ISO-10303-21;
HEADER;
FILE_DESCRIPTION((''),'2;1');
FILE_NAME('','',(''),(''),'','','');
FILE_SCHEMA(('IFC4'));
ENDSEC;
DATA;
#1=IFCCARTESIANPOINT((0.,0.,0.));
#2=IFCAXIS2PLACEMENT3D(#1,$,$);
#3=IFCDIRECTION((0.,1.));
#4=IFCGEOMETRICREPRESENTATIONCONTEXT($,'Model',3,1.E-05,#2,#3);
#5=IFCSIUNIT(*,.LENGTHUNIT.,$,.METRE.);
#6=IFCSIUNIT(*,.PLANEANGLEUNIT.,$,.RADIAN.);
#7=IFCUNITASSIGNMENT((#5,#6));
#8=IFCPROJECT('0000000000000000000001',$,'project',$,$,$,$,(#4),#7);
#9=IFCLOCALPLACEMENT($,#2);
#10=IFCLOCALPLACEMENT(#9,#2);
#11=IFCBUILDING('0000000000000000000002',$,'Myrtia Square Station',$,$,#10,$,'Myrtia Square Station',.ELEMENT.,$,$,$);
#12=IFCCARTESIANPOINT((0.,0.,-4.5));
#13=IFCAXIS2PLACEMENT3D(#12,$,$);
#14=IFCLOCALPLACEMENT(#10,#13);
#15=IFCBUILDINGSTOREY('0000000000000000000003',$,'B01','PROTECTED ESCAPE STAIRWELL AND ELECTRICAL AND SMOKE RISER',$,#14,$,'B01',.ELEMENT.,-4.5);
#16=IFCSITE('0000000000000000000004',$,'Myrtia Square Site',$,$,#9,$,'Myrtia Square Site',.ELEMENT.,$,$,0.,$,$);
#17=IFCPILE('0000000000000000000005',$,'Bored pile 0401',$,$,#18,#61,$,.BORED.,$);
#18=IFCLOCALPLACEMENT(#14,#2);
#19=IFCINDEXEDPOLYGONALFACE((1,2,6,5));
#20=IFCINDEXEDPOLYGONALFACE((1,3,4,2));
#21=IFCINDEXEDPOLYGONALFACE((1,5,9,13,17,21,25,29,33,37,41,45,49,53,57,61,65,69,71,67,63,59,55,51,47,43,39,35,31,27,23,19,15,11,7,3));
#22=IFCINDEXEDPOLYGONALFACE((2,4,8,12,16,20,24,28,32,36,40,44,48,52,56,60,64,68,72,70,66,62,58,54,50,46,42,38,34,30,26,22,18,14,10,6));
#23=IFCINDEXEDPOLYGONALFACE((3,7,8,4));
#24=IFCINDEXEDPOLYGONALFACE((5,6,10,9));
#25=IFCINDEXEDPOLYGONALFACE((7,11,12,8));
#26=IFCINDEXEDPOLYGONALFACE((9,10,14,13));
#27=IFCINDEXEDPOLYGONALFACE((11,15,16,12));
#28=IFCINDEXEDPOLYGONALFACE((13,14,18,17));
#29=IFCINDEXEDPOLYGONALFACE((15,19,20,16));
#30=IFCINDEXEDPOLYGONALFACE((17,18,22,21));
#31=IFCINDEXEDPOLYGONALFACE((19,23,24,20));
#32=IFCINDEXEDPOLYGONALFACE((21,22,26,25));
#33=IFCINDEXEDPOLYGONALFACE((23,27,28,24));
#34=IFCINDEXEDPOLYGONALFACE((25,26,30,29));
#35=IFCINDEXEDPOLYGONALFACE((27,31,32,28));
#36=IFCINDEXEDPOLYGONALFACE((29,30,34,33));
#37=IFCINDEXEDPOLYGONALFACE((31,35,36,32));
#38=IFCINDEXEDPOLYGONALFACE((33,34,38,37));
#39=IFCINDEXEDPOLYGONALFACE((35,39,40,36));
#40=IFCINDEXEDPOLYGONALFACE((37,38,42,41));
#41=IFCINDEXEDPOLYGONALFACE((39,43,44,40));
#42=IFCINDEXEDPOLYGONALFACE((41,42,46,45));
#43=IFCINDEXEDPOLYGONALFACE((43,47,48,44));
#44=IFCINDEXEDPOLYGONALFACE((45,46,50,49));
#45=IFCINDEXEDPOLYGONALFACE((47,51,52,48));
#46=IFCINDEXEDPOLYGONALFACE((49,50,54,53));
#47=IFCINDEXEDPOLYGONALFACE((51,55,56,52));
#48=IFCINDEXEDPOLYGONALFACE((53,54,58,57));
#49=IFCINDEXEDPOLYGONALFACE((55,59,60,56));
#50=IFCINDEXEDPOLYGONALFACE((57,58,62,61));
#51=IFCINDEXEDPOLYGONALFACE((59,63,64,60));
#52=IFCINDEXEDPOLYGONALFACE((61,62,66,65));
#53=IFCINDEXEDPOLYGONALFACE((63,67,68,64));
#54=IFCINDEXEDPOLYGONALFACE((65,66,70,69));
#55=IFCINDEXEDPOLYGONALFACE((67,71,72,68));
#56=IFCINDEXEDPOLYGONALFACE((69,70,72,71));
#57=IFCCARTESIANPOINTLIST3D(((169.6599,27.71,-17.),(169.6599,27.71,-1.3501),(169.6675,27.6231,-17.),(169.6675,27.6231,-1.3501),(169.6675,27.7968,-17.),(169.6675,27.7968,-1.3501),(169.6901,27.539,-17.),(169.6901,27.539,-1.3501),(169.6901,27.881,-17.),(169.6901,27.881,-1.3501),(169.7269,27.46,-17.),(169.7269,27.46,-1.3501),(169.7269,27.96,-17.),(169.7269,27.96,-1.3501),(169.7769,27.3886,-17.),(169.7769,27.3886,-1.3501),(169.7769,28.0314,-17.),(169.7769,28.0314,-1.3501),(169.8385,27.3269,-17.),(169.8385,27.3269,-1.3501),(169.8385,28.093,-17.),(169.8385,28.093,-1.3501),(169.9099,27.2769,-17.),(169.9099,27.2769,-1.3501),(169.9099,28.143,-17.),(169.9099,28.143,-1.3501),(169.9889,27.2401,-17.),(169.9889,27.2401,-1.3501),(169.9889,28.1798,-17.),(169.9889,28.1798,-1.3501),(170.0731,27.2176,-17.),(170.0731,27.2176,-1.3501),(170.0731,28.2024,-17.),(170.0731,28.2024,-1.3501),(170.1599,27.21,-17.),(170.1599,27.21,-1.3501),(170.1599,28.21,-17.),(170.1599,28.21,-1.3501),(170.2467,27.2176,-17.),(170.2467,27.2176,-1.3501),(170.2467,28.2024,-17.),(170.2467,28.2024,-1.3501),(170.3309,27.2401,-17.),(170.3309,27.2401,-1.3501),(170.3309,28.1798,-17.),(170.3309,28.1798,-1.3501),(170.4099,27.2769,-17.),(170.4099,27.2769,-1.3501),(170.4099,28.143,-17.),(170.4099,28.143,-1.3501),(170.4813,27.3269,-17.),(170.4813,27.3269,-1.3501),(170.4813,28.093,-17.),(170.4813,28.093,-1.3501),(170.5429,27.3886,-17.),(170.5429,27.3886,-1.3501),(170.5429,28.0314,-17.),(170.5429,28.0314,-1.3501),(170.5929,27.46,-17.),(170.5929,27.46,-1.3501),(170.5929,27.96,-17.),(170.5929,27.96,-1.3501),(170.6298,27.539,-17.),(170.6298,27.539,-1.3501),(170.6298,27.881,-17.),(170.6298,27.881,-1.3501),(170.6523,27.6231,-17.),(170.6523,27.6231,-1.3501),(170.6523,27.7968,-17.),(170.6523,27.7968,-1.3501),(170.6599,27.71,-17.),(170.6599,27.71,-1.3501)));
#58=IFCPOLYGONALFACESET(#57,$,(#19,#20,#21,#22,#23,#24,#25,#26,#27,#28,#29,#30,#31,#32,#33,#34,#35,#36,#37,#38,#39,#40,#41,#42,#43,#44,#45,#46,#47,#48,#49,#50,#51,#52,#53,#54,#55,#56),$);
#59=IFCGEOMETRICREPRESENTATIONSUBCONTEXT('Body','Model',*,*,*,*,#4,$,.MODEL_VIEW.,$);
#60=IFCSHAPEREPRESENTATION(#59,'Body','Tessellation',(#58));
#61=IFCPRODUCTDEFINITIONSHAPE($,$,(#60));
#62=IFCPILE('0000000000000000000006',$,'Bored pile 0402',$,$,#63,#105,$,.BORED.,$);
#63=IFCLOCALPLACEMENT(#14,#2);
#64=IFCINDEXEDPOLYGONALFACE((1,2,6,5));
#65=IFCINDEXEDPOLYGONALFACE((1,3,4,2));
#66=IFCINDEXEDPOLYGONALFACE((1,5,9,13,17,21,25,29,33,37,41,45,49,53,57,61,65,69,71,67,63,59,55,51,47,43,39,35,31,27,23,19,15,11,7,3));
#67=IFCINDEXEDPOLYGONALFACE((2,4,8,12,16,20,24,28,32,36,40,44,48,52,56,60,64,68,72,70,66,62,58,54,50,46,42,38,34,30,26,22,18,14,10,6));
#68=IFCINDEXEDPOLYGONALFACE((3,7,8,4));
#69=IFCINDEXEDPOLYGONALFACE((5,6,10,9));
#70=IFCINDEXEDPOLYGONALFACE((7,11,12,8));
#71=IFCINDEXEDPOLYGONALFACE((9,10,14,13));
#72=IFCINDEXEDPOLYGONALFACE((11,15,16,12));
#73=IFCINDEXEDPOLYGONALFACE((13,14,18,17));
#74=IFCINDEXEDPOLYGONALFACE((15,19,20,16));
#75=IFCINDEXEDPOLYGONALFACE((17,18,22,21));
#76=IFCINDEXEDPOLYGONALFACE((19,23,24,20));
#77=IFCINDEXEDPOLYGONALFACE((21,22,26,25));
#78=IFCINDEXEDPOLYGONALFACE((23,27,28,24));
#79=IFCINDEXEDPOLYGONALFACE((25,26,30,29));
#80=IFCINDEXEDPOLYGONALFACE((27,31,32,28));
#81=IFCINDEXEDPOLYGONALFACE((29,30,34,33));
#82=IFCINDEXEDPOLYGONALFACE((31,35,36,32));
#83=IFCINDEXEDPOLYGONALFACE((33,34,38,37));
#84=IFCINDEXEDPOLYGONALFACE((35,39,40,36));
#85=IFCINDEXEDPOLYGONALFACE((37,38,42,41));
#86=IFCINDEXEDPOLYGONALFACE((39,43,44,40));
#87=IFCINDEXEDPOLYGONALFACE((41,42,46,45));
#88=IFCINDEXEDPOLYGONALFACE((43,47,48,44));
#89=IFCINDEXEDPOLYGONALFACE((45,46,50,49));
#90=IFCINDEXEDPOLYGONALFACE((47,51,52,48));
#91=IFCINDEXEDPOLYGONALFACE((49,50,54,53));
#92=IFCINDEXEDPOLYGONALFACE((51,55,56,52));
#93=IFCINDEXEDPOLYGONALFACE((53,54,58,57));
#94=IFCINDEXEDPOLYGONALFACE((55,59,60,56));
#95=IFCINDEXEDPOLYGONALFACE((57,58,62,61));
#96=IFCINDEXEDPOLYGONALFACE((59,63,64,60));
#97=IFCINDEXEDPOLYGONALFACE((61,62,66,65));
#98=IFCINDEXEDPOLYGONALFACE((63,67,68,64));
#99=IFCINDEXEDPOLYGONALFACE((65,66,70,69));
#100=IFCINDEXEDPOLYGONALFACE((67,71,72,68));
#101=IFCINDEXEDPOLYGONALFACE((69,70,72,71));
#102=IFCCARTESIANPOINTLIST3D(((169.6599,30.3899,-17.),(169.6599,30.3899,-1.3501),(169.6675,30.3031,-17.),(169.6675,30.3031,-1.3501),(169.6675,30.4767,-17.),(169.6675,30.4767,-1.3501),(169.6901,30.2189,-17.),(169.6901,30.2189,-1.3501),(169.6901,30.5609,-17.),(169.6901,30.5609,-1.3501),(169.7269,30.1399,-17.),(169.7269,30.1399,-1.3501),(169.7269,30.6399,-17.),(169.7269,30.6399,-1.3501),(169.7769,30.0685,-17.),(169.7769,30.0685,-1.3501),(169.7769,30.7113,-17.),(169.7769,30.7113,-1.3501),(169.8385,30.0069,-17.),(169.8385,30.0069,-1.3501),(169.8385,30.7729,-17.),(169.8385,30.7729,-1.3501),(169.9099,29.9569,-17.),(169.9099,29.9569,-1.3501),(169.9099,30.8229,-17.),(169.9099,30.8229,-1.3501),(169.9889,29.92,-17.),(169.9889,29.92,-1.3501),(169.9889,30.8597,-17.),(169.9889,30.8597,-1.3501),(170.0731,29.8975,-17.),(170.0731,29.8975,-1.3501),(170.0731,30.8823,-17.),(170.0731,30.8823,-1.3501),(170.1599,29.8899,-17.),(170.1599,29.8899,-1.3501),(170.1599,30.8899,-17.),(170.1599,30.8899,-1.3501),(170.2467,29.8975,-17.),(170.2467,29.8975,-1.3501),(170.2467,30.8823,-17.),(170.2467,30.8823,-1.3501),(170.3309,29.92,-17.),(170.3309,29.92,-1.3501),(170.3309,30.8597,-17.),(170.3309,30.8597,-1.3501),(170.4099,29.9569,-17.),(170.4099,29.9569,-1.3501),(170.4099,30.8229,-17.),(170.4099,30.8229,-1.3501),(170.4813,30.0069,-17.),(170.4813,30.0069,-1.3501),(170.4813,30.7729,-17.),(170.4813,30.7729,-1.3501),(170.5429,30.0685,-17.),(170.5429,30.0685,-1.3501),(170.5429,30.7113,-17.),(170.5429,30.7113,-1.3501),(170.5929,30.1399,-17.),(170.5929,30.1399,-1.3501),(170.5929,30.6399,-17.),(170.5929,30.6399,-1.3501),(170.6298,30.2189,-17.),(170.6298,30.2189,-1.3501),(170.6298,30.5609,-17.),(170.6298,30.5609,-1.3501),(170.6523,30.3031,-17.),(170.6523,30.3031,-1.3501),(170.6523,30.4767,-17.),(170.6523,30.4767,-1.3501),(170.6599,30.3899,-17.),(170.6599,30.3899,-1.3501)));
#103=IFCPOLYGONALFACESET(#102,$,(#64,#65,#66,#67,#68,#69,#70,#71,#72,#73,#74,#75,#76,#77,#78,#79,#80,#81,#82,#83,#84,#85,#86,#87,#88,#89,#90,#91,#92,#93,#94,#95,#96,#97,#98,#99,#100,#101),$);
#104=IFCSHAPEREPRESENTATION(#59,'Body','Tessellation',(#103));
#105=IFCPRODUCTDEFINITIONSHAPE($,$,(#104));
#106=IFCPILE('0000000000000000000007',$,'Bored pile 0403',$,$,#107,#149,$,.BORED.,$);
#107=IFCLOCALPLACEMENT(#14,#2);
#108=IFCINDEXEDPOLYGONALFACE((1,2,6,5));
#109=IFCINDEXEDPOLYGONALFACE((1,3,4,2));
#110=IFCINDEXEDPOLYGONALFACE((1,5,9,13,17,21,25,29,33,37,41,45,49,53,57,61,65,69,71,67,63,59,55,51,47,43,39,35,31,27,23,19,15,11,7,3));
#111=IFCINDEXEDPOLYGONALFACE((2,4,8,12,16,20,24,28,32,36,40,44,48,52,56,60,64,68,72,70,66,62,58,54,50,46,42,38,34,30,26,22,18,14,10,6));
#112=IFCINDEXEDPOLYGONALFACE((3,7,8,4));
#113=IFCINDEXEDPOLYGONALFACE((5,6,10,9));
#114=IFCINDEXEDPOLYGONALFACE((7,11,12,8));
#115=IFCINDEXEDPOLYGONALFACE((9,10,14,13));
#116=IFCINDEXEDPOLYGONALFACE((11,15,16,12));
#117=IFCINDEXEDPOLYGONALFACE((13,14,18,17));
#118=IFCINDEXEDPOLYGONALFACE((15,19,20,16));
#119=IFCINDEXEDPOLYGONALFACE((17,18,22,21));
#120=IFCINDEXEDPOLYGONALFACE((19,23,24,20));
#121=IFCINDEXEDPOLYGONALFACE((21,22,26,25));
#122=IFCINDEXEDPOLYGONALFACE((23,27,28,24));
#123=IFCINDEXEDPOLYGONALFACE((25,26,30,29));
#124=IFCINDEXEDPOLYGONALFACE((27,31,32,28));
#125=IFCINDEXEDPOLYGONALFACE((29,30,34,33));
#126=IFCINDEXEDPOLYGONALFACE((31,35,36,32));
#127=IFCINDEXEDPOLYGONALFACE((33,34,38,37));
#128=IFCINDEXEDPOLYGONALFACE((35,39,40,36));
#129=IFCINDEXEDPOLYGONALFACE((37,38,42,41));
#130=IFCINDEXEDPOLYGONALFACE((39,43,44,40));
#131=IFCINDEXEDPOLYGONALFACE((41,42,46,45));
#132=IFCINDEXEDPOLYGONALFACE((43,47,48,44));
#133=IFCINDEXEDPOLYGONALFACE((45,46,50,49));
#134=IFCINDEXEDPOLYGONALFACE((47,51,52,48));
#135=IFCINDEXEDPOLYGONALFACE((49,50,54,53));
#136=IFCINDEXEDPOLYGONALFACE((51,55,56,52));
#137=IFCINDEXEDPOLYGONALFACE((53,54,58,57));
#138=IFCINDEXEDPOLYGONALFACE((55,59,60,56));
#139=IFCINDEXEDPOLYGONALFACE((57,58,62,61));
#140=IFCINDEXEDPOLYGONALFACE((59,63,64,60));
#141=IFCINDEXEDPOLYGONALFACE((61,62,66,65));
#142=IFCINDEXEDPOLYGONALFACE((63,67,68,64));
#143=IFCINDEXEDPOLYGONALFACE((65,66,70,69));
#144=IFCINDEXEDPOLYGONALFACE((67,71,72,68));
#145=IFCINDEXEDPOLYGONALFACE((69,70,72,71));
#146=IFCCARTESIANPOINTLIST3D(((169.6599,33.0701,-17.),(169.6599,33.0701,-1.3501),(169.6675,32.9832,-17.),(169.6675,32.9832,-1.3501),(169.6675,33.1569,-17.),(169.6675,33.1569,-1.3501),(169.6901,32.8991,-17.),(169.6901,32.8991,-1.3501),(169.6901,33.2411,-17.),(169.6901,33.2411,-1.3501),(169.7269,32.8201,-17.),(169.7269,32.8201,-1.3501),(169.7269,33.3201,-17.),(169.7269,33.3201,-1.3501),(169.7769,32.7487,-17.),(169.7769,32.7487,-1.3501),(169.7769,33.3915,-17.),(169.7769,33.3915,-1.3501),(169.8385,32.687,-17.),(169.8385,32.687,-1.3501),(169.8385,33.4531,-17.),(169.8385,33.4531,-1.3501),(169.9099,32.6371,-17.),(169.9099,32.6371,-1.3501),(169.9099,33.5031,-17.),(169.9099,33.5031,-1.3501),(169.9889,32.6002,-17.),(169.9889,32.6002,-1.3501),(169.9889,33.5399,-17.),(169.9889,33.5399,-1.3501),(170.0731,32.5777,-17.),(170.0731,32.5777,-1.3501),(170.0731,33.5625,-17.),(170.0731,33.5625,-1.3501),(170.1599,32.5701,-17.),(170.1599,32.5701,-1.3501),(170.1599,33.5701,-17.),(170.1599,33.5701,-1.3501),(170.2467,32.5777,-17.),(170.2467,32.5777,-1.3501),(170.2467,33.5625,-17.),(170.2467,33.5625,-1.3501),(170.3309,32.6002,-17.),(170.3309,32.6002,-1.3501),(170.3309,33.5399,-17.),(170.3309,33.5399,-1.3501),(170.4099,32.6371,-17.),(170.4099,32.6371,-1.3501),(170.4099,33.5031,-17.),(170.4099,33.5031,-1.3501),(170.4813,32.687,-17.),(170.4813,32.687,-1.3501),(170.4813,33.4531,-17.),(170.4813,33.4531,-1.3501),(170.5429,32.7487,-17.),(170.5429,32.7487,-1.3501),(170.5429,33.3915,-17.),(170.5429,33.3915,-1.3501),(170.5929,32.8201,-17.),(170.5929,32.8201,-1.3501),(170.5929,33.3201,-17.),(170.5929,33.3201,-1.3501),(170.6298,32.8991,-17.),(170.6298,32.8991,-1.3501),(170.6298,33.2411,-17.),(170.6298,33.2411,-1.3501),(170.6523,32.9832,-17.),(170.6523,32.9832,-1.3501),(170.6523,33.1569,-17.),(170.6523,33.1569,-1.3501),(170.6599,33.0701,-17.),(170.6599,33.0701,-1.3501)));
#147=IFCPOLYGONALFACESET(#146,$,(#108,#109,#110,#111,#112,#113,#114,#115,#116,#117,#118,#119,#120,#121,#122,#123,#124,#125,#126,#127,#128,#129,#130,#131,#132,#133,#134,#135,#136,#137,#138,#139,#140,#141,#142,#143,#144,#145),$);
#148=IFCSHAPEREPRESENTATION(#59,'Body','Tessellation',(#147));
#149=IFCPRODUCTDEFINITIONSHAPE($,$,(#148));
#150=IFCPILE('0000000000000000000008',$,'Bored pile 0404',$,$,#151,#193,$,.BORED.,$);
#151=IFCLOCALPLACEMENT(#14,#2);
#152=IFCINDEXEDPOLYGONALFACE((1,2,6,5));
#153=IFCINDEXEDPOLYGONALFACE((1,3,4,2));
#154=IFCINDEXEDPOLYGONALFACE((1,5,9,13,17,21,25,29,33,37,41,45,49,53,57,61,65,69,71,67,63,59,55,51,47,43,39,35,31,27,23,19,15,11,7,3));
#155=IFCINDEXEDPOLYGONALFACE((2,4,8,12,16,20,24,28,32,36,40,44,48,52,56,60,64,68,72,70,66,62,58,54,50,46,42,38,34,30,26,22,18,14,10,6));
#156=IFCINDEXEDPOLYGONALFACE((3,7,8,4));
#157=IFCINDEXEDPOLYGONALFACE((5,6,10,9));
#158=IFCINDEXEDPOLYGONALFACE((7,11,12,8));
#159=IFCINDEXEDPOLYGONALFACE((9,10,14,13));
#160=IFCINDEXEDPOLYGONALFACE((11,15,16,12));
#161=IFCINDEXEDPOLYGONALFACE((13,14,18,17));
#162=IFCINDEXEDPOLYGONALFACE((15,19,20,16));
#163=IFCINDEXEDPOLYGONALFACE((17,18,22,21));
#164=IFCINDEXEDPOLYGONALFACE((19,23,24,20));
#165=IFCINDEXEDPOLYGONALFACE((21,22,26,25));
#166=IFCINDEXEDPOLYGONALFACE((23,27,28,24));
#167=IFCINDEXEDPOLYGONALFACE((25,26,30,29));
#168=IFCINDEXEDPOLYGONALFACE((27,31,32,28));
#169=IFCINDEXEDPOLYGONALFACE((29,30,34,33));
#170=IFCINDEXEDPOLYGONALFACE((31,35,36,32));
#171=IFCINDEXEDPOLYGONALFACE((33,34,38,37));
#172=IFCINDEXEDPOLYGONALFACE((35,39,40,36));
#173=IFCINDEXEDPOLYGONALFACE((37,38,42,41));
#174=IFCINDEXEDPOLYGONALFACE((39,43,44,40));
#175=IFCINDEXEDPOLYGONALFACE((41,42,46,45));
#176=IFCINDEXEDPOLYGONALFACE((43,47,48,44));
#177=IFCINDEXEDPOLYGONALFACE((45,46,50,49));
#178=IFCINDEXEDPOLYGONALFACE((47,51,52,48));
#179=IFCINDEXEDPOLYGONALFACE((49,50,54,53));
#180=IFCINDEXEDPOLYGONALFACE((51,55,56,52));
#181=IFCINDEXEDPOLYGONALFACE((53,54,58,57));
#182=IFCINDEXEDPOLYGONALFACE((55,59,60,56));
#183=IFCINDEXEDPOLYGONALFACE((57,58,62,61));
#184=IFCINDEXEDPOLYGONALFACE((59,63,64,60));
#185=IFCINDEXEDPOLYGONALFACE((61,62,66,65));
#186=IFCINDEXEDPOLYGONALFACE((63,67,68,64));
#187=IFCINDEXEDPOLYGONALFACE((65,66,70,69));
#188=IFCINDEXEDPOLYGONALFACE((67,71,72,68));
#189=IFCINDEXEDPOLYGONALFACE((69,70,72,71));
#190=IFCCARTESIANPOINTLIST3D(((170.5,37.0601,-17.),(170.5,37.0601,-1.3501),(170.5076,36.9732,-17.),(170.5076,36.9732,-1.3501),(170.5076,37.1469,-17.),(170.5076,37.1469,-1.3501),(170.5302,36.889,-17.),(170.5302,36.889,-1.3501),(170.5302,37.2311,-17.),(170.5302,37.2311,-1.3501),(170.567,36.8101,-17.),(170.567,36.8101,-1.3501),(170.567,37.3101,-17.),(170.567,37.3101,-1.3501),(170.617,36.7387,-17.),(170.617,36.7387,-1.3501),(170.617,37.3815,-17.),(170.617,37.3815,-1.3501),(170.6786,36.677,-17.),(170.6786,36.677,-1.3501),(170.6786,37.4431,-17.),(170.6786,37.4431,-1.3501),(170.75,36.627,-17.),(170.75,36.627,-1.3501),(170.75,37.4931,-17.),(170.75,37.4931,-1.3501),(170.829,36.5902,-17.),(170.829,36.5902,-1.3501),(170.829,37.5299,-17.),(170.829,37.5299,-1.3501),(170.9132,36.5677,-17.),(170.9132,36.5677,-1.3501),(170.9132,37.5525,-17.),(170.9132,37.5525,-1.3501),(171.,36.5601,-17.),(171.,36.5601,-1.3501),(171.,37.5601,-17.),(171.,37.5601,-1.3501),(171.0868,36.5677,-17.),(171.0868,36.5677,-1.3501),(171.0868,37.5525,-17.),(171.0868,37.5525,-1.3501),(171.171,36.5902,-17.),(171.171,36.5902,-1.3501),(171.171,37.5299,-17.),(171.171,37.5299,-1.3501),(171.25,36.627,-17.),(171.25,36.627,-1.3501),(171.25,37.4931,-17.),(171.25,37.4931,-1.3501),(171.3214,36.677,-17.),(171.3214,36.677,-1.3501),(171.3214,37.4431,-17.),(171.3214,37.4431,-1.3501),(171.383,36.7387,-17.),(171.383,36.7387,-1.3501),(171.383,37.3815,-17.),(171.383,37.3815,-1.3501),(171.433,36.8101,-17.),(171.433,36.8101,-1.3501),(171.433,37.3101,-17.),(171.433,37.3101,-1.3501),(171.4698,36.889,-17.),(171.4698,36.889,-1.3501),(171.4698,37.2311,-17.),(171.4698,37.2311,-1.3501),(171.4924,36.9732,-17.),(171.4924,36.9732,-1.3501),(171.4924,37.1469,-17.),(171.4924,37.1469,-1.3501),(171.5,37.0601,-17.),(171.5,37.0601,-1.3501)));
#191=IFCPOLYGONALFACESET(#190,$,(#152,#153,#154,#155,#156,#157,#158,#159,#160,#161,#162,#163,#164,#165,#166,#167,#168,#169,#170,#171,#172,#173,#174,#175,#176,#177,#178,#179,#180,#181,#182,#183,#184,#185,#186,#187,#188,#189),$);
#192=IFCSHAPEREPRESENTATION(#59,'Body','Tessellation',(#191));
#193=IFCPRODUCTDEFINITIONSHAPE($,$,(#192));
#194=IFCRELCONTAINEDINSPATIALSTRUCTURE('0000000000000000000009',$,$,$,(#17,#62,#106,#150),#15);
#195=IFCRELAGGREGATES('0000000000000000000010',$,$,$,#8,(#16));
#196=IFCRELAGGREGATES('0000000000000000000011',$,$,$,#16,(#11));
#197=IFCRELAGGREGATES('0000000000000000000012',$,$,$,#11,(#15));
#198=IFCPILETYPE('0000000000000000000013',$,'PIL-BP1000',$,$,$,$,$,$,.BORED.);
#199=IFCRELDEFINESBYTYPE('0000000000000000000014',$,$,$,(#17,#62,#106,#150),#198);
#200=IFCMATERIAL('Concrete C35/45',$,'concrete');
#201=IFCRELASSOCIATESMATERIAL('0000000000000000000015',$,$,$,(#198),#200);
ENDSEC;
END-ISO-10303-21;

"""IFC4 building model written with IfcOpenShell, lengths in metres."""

from ifc_helpers import new_model, si_unit, direction, frame, origin, origin_2d, place, context, subcontext, project, spatial, circle, extrude, material, material_profile, profile_set, type_object, element, save


model = new_model("IFC4")

# Units and contexts
model_context = context("Model", 3, precision=1e-05, world=origin(), true_north=direction((0.0, 1.0)))
body_context = subcontext(model_context, "Body", "Model", "MODEL_VIEW")
ifc_project = project(units=[si_unit("LENGTHUNIT", "METRE"), si_unit("PLANEANGLEUNIT", "RADIAN")], contexts=[model_context])

# Site, building, storey
site_placement = place(None, origin())
site = spatial("IfcSite", under=ifc_project, at=site_placement, Name="Myrtia Square Site", LongName="Myrtia Square Site", CompositionType="ELEMENT", RefElevation=0.0)
building_placement = place(site_placement, origin())
building = spatial("IfcBuilding", under=site, at=building_placement, Name="Myrtia Square Station", LongName="Myrtia Square Station", CompositionType="ELEMENT")
storey_placement = place(building_placement, frame((0.0, 0.0, -4.5)))
storey = spatial("IfcBuildingStorey", under=building, at=storey_placement, Name="B01", Description="PROTECTED ESCAPE STAIRWELL AND ELECTRICAL AND SMOKE RISER", LongName="B01", CompositionType="ELEMENT", Elevation=-4.5)

# Shared definitions
ifc_material_1 = material(Name="Concrete C35/45", Category="concrete")

# Piles
ifc_material_profile_1 = material_profile(ifc_material_1, circle(Radius=0.5, at=origin_2d()), Name="BP D1000")
ifc_profile_set_1 = profile_set([ifc_material_profile_1], Name="Concrete C35/45")
pile_type_1 = type_object("IfcPileType", Name="PIL-BP1000", PredefinedType="BORED", material=ifc_profile_set_1)
for number, where, z_axis, x_axis, name in (
    (1, (170.1599, 27.71, -1.3501), (0.0, 0.0, -1.0), (1.0, 0.0, 0.0), "Bored pile 0401"),
    (2, (170.1599, 30.3899, -1.3501), (0.0, 0.0, -1.0), (1.0, 0.0, 0.0), "Bored pile 0402"),
    (3, (170.1599, 33.0701, -1.3501), (0.0, 0.0, -1.0), (1.0, 0.0, 0.0), "Bored pile 0403"),
    (4, (171.0, 37.0601, -1.3501), (0.0, 0.0, -1.0), (1.0, 0.0, 0.0), "Bored pile 0404"),
):
    element("IfcPile", number, at=place(storey_placement, frame(where, z_axis=z_axis, x_axis=x_axis)), inside=storey, type_object=pile_type_1, Name=name, PredefinedType="BORED", context=body_context, shape_type="SweptSolid", body=[
        extrude(circle(Radius=0.5, at=origin_2d()), origin(), (0.0, 0.0, 1.0), 15.6499),
    ])

save(model, "model.ifc")
